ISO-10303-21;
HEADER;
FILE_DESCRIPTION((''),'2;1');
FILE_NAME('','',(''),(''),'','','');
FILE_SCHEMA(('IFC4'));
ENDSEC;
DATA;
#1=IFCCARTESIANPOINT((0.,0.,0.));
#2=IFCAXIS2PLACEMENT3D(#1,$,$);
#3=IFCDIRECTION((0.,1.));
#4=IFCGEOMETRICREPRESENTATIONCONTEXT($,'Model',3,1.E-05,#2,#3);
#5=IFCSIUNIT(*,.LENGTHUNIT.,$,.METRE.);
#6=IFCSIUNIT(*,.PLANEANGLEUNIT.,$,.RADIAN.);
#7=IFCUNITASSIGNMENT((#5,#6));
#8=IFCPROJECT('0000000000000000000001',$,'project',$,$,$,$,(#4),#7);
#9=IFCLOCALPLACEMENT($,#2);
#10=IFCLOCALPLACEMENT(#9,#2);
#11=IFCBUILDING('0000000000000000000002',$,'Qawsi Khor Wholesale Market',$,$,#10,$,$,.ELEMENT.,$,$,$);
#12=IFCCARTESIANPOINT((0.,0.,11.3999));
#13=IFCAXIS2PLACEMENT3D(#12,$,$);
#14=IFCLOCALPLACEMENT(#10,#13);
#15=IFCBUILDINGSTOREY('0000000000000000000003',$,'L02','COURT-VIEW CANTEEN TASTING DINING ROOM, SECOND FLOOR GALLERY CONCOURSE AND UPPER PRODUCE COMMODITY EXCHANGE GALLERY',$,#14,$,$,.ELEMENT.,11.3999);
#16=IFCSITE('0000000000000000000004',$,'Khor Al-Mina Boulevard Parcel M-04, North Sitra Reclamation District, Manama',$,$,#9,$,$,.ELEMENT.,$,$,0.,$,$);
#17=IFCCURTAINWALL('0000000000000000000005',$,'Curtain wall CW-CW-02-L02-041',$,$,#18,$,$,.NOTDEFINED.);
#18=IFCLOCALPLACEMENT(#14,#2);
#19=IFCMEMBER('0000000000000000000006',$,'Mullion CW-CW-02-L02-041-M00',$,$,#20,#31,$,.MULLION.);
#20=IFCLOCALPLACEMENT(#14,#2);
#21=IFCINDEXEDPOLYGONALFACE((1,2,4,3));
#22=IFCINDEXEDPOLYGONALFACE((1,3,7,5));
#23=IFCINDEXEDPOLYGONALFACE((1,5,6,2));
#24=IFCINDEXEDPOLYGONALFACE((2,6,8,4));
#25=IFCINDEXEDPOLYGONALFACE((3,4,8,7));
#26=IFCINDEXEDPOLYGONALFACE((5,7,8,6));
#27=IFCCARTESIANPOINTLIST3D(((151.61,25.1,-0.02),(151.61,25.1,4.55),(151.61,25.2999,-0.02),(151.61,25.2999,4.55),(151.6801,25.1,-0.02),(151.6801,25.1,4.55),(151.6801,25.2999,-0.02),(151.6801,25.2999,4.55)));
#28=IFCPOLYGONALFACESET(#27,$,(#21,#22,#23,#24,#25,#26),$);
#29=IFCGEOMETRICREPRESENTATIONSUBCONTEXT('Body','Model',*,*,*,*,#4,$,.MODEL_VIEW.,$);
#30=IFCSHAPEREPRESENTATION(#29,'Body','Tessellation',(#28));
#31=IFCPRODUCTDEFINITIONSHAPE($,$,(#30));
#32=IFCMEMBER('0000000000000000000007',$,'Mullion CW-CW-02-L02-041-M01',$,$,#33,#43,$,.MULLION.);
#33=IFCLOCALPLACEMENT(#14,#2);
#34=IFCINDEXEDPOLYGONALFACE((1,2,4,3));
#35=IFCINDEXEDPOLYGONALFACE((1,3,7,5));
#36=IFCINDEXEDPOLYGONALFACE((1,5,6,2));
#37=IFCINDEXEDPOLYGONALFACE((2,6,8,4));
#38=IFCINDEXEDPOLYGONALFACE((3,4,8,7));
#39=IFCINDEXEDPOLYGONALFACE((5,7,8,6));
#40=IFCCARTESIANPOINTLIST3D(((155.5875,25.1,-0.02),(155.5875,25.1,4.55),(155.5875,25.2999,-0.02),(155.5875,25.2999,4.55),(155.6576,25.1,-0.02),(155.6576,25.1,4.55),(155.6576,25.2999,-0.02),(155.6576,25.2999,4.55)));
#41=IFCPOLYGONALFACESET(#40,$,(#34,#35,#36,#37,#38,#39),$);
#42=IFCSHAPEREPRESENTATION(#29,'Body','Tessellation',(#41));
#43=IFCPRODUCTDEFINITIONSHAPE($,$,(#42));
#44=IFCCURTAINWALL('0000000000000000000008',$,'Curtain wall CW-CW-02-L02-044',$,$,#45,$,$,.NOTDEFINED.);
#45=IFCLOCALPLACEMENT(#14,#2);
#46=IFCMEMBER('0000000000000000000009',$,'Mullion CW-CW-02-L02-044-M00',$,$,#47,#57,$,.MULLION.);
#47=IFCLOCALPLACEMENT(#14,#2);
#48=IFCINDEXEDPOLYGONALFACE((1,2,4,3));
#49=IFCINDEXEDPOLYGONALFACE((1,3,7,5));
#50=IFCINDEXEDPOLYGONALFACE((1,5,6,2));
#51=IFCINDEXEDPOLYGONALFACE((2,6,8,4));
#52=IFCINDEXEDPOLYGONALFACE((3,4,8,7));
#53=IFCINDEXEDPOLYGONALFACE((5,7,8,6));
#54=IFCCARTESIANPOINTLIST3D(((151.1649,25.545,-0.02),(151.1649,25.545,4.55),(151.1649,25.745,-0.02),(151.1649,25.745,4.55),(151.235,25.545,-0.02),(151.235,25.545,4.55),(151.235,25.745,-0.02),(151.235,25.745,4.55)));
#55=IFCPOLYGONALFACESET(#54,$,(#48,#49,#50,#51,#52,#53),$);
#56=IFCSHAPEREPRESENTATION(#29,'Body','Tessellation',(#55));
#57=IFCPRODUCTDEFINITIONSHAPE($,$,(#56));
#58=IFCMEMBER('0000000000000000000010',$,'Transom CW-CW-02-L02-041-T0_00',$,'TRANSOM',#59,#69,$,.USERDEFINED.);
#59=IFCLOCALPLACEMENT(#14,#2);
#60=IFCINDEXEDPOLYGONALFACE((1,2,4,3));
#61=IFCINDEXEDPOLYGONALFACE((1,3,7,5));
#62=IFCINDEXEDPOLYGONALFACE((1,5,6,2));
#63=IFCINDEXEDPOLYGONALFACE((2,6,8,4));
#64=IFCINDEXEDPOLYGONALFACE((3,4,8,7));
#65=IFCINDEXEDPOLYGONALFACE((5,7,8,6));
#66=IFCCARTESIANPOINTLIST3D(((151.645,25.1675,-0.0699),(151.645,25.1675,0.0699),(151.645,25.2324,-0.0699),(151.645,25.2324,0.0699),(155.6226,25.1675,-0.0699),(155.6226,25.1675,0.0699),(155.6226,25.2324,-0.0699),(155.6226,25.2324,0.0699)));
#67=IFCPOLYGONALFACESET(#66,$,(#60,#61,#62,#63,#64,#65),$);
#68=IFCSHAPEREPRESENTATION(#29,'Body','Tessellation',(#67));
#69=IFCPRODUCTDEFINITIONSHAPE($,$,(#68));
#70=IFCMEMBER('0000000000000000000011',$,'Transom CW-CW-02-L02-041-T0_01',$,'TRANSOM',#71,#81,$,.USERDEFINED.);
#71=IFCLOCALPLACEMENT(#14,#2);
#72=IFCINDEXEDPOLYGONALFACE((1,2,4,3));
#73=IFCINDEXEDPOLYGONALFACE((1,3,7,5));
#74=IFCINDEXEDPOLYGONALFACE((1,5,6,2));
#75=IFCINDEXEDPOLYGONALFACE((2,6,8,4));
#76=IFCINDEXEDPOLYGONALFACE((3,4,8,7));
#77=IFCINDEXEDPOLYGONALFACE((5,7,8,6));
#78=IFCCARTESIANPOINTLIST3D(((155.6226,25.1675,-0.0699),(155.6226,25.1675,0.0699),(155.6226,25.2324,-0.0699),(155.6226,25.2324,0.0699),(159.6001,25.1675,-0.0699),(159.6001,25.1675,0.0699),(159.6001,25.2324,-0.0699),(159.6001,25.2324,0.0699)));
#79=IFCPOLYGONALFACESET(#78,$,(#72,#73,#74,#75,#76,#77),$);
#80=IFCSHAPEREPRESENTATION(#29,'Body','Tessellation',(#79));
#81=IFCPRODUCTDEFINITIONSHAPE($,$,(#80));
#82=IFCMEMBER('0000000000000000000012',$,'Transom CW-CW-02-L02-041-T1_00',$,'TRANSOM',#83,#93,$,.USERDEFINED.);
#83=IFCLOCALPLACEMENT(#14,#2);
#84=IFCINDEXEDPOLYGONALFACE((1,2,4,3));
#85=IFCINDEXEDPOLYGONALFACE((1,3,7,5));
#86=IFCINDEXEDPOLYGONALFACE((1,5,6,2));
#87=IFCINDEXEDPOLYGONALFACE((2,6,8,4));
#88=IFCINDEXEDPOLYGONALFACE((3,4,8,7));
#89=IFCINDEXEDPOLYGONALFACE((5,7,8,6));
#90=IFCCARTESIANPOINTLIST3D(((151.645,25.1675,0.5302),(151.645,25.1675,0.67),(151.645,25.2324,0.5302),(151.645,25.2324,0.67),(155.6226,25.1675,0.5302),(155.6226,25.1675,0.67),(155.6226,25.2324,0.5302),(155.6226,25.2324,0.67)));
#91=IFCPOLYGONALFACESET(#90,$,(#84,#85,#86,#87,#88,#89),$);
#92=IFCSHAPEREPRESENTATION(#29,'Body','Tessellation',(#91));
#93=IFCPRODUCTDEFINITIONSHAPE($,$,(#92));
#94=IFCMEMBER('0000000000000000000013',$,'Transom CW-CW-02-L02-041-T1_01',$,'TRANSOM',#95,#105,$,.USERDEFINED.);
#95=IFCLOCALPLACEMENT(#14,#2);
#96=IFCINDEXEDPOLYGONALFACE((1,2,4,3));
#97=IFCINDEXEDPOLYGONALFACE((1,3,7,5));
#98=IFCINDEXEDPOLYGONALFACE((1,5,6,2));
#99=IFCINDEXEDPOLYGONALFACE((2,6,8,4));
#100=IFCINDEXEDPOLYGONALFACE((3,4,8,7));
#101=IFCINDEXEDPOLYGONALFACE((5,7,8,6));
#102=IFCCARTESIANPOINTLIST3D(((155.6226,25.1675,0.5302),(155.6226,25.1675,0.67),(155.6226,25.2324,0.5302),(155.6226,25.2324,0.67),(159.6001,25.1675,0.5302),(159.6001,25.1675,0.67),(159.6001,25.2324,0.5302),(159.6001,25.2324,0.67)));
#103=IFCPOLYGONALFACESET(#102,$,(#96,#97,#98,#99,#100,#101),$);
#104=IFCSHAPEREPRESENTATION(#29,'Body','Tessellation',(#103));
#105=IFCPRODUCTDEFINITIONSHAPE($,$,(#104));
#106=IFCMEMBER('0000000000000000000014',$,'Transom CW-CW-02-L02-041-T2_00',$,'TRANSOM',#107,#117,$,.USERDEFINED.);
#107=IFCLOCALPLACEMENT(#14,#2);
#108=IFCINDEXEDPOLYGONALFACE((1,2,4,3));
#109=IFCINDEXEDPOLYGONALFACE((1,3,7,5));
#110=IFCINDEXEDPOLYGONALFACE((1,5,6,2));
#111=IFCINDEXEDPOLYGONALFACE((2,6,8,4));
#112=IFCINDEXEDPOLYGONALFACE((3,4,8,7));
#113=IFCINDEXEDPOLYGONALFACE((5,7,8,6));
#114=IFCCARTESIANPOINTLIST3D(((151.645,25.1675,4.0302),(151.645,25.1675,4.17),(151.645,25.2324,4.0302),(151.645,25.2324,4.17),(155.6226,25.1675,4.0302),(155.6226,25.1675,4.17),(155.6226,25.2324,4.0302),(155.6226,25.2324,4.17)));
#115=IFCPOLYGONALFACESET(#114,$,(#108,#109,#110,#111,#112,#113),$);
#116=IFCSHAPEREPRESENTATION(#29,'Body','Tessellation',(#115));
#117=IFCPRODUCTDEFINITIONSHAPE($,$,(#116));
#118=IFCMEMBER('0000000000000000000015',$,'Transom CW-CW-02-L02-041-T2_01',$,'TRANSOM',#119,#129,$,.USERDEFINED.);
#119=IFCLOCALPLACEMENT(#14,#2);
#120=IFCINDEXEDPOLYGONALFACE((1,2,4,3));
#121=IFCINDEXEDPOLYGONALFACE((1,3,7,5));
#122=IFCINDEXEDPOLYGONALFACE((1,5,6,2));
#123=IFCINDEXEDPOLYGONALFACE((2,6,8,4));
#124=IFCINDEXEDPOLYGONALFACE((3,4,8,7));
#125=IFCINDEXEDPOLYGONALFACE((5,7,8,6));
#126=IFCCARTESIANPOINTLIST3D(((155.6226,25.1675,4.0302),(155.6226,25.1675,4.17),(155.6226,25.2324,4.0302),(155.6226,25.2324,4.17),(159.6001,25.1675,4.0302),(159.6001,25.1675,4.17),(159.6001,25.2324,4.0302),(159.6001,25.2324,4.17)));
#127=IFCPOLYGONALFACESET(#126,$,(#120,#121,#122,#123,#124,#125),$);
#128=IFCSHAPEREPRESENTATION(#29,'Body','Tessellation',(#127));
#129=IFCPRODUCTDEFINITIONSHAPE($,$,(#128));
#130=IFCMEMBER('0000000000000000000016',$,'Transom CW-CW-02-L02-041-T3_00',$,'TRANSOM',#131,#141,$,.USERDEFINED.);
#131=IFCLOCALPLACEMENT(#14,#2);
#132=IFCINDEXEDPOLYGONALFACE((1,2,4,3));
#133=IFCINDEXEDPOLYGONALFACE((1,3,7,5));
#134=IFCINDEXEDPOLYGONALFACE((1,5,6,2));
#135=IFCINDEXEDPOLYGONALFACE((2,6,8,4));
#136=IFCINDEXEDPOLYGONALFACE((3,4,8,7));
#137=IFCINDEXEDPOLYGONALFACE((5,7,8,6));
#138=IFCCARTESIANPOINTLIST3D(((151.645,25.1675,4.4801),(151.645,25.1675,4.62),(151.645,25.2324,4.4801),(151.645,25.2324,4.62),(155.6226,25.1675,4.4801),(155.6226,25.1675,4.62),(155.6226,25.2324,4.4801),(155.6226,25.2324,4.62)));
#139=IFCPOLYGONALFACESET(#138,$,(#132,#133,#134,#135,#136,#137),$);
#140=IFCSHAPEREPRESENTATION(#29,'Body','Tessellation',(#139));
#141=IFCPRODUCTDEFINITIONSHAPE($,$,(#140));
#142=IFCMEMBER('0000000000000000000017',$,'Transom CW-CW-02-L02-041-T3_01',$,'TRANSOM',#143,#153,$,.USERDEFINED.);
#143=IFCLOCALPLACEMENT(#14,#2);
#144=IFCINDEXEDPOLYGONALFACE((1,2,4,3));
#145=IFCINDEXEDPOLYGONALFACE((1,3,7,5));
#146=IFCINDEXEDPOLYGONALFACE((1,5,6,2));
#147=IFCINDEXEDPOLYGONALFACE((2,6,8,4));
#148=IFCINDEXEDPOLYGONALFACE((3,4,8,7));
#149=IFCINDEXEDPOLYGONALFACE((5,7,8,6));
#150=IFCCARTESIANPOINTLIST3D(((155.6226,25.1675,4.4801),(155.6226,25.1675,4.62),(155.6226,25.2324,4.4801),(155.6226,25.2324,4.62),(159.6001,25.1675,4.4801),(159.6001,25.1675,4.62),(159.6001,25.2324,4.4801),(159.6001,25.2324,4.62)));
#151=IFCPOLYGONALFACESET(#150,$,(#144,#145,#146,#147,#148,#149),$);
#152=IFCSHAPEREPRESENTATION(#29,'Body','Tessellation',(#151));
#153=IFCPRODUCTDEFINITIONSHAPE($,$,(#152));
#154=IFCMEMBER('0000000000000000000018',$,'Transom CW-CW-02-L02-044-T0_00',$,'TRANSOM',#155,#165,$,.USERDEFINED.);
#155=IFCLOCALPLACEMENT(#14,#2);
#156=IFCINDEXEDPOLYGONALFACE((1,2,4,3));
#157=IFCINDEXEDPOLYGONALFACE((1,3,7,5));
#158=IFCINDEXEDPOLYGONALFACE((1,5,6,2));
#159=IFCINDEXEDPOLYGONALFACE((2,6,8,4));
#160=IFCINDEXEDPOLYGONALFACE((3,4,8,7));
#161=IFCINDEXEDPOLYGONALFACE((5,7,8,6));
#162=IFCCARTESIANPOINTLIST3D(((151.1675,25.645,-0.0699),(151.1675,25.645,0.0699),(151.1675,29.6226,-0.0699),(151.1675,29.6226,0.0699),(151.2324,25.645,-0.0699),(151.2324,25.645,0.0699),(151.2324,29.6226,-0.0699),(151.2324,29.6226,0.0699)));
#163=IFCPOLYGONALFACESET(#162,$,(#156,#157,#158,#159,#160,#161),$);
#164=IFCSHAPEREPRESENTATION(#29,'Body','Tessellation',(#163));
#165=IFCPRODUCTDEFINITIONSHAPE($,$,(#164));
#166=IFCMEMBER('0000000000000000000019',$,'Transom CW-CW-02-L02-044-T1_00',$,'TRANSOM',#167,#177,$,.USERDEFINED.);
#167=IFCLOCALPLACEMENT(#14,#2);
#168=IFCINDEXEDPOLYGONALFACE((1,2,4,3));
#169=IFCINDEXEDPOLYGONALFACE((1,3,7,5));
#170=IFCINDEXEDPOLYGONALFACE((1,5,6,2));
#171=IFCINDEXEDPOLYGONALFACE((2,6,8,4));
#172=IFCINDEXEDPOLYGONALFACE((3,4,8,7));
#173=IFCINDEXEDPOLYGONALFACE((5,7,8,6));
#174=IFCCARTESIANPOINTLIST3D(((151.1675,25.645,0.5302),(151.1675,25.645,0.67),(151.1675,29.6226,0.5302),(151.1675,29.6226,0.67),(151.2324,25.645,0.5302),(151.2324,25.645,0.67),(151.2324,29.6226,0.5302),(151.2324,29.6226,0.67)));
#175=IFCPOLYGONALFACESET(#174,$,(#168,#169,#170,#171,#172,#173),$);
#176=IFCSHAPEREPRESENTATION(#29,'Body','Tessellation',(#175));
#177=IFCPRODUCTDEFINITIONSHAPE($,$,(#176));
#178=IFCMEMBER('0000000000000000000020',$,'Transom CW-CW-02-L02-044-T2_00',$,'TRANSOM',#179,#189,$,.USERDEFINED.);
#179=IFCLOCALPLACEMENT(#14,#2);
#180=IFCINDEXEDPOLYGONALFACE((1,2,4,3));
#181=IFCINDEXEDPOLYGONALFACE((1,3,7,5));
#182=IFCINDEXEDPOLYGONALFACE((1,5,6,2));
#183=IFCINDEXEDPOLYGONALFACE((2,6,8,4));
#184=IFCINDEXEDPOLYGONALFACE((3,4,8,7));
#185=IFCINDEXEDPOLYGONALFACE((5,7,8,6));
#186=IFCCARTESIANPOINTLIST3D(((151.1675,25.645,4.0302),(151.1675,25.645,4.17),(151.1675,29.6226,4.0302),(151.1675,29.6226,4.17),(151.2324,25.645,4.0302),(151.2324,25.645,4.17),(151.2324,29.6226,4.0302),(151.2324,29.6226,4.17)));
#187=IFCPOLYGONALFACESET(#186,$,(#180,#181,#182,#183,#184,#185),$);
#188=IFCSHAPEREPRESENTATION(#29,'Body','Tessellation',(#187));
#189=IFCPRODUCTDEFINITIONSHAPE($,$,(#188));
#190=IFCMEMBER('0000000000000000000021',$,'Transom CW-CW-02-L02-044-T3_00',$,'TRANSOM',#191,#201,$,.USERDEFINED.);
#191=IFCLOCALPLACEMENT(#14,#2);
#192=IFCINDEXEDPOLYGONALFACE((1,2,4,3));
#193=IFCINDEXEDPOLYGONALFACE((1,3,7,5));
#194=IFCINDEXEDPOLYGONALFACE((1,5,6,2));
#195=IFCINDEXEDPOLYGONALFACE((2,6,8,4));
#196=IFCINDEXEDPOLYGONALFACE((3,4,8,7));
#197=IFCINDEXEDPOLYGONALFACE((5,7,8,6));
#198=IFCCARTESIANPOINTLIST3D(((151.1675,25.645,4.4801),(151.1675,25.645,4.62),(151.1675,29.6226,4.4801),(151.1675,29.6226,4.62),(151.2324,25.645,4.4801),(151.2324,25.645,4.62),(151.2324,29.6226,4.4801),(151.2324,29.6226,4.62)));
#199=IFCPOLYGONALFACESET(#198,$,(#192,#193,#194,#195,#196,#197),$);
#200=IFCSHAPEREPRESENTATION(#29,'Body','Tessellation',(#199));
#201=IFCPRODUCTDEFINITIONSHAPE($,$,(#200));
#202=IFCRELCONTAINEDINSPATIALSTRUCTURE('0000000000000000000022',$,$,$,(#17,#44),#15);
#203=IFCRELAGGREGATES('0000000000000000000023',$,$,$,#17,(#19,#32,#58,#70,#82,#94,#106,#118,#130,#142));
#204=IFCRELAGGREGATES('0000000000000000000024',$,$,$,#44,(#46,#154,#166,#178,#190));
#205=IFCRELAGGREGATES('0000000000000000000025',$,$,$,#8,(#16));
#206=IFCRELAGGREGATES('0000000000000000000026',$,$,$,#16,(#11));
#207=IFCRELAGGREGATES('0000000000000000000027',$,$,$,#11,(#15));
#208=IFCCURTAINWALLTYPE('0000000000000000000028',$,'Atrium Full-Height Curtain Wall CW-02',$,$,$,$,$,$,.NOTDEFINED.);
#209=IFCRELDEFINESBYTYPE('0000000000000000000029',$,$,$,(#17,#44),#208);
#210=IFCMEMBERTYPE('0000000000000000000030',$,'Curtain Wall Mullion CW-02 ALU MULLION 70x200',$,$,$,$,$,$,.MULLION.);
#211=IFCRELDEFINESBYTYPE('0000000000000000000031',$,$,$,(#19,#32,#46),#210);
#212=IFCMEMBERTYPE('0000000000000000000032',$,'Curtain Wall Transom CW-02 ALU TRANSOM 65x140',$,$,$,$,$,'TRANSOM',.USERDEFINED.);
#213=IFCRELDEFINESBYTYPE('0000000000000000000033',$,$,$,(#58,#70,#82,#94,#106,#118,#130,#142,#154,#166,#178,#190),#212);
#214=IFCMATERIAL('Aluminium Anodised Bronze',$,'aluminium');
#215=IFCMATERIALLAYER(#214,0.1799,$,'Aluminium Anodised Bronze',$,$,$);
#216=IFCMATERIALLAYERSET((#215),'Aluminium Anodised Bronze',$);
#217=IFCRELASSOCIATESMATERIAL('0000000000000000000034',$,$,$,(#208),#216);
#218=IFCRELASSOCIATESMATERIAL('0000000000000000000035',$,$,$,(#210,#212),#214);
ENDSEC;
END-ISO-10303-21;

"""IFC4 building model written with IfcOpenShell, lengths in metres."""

from ifc_helpers import new_model, si_unit, direction, frame, origin, origin_2d, place, context, subcontext, project, spatial, rectangle, extrude, material, layer, layer_set, material_profile, profile_set, type_object, element, aggregate, save


model = new_model("IFC4")

# Units and contexts
model_context = context("Model", 3, precision=1e-05, world=origin(), true_north=direction((0.0, 1.0)))
body_context = subcontext(model_context, "Body", "Model", "MODEL_VIEW")
ifc_project = project(units=[si_unit("LENGTHUNIT", "METRE"), si_unit("PLANEANGLEUNIT", "RADIAN")], contexts=[model_context])

# Site, building, storey
site_placement = place(None, origin())
site = spatial("IfcSite", under=ifc_project, at=site_placement, Name="Khor Al-Mina Boulevard Parcel M-04, North Sitra Reclamation District, Manama", CompositionType="ELEMENT", RefElevation=0.0)
building_placement = place(site_placement, origin())
building = spatial("IfcBuilding", under=site, at=building_placement, Name="Qawsi Khor Wholesale Market", CompositionType="ELEMENT")
storey_placement = place(building_placement, frame((0.0, 0.0, 11.3999)))
storey = spatial("IfcBuildingStorey", under=building, at=storey_placement, Name="L02", Description="COURT-VIEW CANTEEN TASTING DINING ROOM, SECOND FLOOR GALLERY CONCOURSE AND UPPER PRODUCE COMMODITY EXCHANGE GALLERY", CompositionType="ELEMENT", Elevation=11.3999)

# Curtain wall, members
ifc_material_1 = material(Name="Aluminium Anodised Bronze", Category="aluminium")
ifc_layer_1 = layer(ifc_material_1, 0.1799, Name="Aluminium Anodised Bronze")
ifc_layer_set_1 = layer_set([ifc_layer_1], Name="Aluminium Anodised Bronze")
curtain_wall_type = type_object("IfcCurtainWallType", Name="Atrium Full-Height Curtain Wall CW-02", PredefinedType="NOTDEFINED", material=ifc_layer_set_1)
curtain_wall_1_placement = place(storey_placement, origin())
curtain_wall_1 = element("IfcCurtainWall", 1, at=curtain_wall_1_placement, inside=storey, type_object=curtain_wall_type, Name="Curtain wall CW-CW-02-L02-041", PredefinedType="NOTDEFINED")
ifc_material_profile_1 = material_profile(ifc_material_1, rectangle(XDim=0.0701, YDim=0.2, at=origin_2d()), Name="ALU MULLION 70x200")
ifc_profile_set_1 = profile_set([ifc_material_profile_1], Name="Aluminium Anodised Bronze")
member_type_1 = type_object("IfcMemberType", Name="Curtain Wall Mullion CW-02 ALU MULLION 70x200", PredefinedType="MULLION", material=ifc_profile_set_1)
member_1_placement = place(storey_placement, frame((151.645, 25.2, -0.02), z_axis=(0.0, 0.0, 1.0), x_axis=(1.0, 0.0, 0.0)))
member_1 = element("IfcMember", 2, at=member_1_placement, type_object=member_type_1, Name="Mullion CW-CW-02-L02-041-M00", PredefinedType="MULLION", context=body_context, shape_type="SweptSolid", body=[
    extrude(rectangle(XDim=0.0701, YDim=0.2, at=origin_2d()), origin(), (0.0, 0.0, 1.0), 4.5701),
])
member_2_placement = place(storey_placement, frame((155.6226, 25.2, -0.02), z_axis=(0.0, 0.0, 1.0), x_axis=(1.0, 0.0, 0.0)))
member_2 = element("IfcMember", 3, at=member_2_placement, type_object=member_type_1, Name="Mullion CW-CW-02-L02-041-M01", PredefinedType="MULLION", context=body_context, shape_type="SweptSolid", body=[
    extrude(rectangle(XDim=0.0701, YDim=0.2, at=origin_2d()), origin(), (0.0, 0.0, 1.0), 4.5701),
])

# Curtain wall, member
curtain_wall_2_placement = place(storey_placement, origin())
curtain_wall_2 = element("IfcCurtainWall", 4, at=curtain_wall_2_placement, inside=storey, type_object=curtain_wall_type, Name="Curtain wall CW-CW-02-L02-044", PredefinedType="NOTDEFINED")
member_3_placement = place(storey_placement, frame((151.2, 25.645, -0.02), z_axis=(0.0, 0.0, 1.0), x_axis=(1.0, 0.0, 0.0)))
member_3 = element("IfcMember", 5, at=member_3_placement, type_object=member_type_1, Name="Mullion CW-CW-02-L02-044-M00", PredefinedType="MULLION", context=body_context, shape_type="SweptSolid", body=[
    extrude(rectangle(XDim=0.0701, YDim=0.2, at=origin_2d()), origin(), (0.0, 0.0, 1.0), 4.5701),
])

# Members
ifc_material_profile_2 = material_profile(ifc_material_1, rectangle(XDim=0.0649, YDim=0.1399, at=origin_2d()), Name="ALU TRANSOM 65x140")
ifc_profile_set_2 = profile_set([ifc_material_profile_2], Name="Aluminium Anodised Bronze")
member_type_2 = type_object("IfcMemberType", Name="Curtain Wall Transom CW-02 ALU TRANSOM 65x140", ElementType="TRANSOM", PredefinedType="USERDEFINED", material=ifc_profile_set_2)
member_4_placement = place(storey_placement, frame((151.645, 25.2, 0.0), z_axis=(1.0, 0.0, 0.0), x_axis=(0.0, 1.0, 0.0)))
member_4 = element("IfcMember", 6, at=member_4_placement, type_object=member_type_2, Name="Transom CW-CW-02-L02-041-T0_00", ObjectType="TRANSOM", PredefinedType="USERDEFINED", context=body_context, shape_type="SweptSolid", body=[
    extrude(rectangle(XDim=0.0649, YDim=0.1399, at=origin_2d()), origin(), (0.0, 0.0, 1.0), 3.9775),
])
member_5_placement = place(storey_placement, frame((155.6226, 25.2, 0.0), z_axis=(1.0, 0.0, 0.0), x_axis=(0.0, 1.0, 0.0)))
member_5 = element("IfcMember", 7, at=member_5_placement, type_object=member_type_2, Name="Transom CW-CW-02-L02-041-T0_01", ObjectType="TRANSOM", PredefinedType="USERDEFINED", context=body_context, shape_type="SweptSolid", body=[
    extrude(rectangle(XDim=0.0649, YDim=0.1399, at=origin_2d()), origin(), (0.0, 0.0, 1.0), 3.9775),
])
member_6_placement = place(storey_placement, frame((151.645, 25.2, 0.6001), z_axis=(1.0, 0.0, 0.0), x_axis=(0.0, 1.0, 0.0)))
member_6 = element("IfcMember", 8, at=member_6_placement, type_object=member_type_2, Name="Transom CW-CW-02-L02-041-T1_00", ObjectType="TRANSOM", PredefinedType="USERDEFINED", context=body_context, shape_type="SweptSolid", body=[
    extrude(rectangle(XDim=0.0649, YDim=0.1399, at=origin_2d()), origin(), (0.0, 0.0, 1.0), 3.9775),
])
member_7_placement = place(storey_placement, frame((155.6226, 25.2, 0.6001), z_axis=(1.0, 0.0, 0.0), x_axis=(0.0, 1.0, 0.0)))
member_7 = element("IfcMember", 9, at=member_7_placement, type_object=member_type_2, Name="Transom CW-CW-02-L02-041-T1_01", ObjectType="TRANSOM", PredefinedType="USERDEFINED", context=body_context, shape_type="SweptSolid", body=[
    extrude(rectangle(XDim=0.0649, YDim=0.1399, at=origin_2d()), origin(), (0.0, 0.0, 1.0), 3.9775),
])
member_8_placement = place(storey_placement, frame((151.645, 25.2, 4.1001), z_axis=(1.0, 0.0, 0.0), x_axis=(0.0, 1.0, 0.0)))
member_8 = element("IfcMember", 10, at=member_8_placement, type_object=member_type_2, Name="Transom CW-CW-02-L02-041-T2_00", ObjectType="TRANSOM", PredefinedType="USERDEFINED", context=body_context, shape_type="SweptSolid", body=[
    extrude(rectangle(XDim=0.0649, YDim=0.1399, at=origin_2d()), origin(), (0.0, 0.0, 1.0), 3.9775),
])
member_9_placement = place(storey_placement, frame((155.6226, 25.2, 4.1001), z_axis=(1.0, 0.0, 0.0), x_axis=(0.0, 1.0, 0.0)))
member_9 = element("IfcMember", 11, at=member_9_placement, type_object=member_type_2, Name="Transom CW-CW-02-L02-041-T2_01", ObjectType="TRANSOM", PredefinedType="USERDEFINED", context=body_context, shape_type="SweptSolid", body=[
    extrude(rectangle(XDim=0.0649, YDim=0.1399, at=origin_2d()), origin(), (0.0, 0.0, 1.0), 3.9775),
])
member_10_placement = place(storey_placement, frame((151.645, 25.2, 4.55), z_axis=(1.0, 0.0, 0.0), x_axis=(0.0, 1.0, 0.0)))
member_10 = element("IfcMember", 12, at=member_10_placement, type_object=member_type_2, Name="Transom CW-CW-02-L02-041-T3_00", ObjectType="TRANSOM", PredefinedType="USERDEFINED", context=body_context, shape_type="SweptSolid", body=[
    extrude(rectangle(XDim=0.0649, YDim=0.1399, at=origin_2d()), origin(), (0.0, 0.0, 1.0), 3.9775),
])
member_11_placement = place(storey_placement, frame((155.6226, 25.2, 4.55), z_axis=(1.0, 0.0, 0.0), x_axis=(0.0, 1.0, 0.0)))
member_11 = element("IfcMember", 13, at=member_11_placement, type_object=member_type_2, Name="Transom CW-CW-02-L02-041-T3_01", ObjectType="TRANSOM", PredefinedType="USERDEFINED", context=body_context, shape_type="SweptSolid", body=[
    extrude(rectangle(XDim=0.0649, YDim=0.1399, at=origin_2d()), origin(), (0.0, 0.0, 1.0), 3.9775),
])
member_12_placement = place(storey_placement, frame((151.2, 25.645, 0.0), z_axis=(0.0, 1.0, 0.0), x_axis=(-1.0, 0.0, 0.0)))
member_12 = element("IfcMember", 14, at=member_12_placement, type_object=member_type_2, Name="Transom CW-CW-02-L02-044-T0_00", ObjectType="TRANSOM", PredefinedType="USERDEFINED", context=body_context, shape_type="SweptSolid", body=[
    extrude(rectangle(XDim=0.0649, YDim=0.1399, at=origin_2d()), origin(), (0.0, 0.0, 1.0), 3.9775),
])
member_13_placement = place(storey_placement, frame((151.2, 25.645, 0.6001), z_axis=(0.0, 1.0, 0.0), x_axis=(-1.0, 0.0, 0.0)))
member_13 = element("IfcMember", 15, at=member_13_placement, type_object=member_type_2, Name="Transom CW-CW-02-L02-044-T1_00", ObjectType="TRANSOM", PredefinedType="USERDEFINED", context=body_context, shape_type="SweptSolid", body=[
    extrude(rectangle(XDim=0.0649, YDim=0.1399, at=origin_2d()), origin(), (0.0, 0.0, 1.0), 3.9775),
])
member_14_placement = place(storey_placement, frame((151.2, 25.645, 4.1001), z_axis=(0.0, 1.0, 0.0), x_axis=(-1.0, 0.0, 0.0)))
member_14 = element("IfcMember", 16, at=member_14_placement, type_object=member_type_2, Name="Transom CW-CW-02-L02-044-T2_00", ObjectType="TRANSOM", PredefinedType="USERDEFINED", context=body_context, shape_type="SweptSolid", body=[
    extrude(rectangle(XDim=0.0649, YDim=0.1399, at=origin_2d()), origin(), (0.0, 0.0, 1.0), 3.9775),
])
member_15_placement = place(storey_placement, frame((151.2, 25.645, 4.55), z_axis=(0.0, 1.0, 0.0), x_axis=(-1.0, 0.0, 0.0)))
member_15 = element("IfcMember", 17, at=member_15_placement, type_object=member_type_2, Name="Transom CW-CW-02-L02-044-T3_00", ObjectType="TRANSOM", PredefinedType="USERDEFINED", context=body_context, shape_type="SweptSolid", body=[
    extrude(rectangle(XDim=0.0649, YDim=0.1399, at=origin_2d()), origin(), (0.0, 0.0, 1.0), 3.9775),
])

aggregate(curtain_wall_1, [member_1, member_2, member_4, member_5, member_6, member_7, member_8, member_9, member_10, member_11])
aggregate(curtain_wall_2, [member_3, member_12, member_13, member_14, member_15])

save(model, "model.ifc")
